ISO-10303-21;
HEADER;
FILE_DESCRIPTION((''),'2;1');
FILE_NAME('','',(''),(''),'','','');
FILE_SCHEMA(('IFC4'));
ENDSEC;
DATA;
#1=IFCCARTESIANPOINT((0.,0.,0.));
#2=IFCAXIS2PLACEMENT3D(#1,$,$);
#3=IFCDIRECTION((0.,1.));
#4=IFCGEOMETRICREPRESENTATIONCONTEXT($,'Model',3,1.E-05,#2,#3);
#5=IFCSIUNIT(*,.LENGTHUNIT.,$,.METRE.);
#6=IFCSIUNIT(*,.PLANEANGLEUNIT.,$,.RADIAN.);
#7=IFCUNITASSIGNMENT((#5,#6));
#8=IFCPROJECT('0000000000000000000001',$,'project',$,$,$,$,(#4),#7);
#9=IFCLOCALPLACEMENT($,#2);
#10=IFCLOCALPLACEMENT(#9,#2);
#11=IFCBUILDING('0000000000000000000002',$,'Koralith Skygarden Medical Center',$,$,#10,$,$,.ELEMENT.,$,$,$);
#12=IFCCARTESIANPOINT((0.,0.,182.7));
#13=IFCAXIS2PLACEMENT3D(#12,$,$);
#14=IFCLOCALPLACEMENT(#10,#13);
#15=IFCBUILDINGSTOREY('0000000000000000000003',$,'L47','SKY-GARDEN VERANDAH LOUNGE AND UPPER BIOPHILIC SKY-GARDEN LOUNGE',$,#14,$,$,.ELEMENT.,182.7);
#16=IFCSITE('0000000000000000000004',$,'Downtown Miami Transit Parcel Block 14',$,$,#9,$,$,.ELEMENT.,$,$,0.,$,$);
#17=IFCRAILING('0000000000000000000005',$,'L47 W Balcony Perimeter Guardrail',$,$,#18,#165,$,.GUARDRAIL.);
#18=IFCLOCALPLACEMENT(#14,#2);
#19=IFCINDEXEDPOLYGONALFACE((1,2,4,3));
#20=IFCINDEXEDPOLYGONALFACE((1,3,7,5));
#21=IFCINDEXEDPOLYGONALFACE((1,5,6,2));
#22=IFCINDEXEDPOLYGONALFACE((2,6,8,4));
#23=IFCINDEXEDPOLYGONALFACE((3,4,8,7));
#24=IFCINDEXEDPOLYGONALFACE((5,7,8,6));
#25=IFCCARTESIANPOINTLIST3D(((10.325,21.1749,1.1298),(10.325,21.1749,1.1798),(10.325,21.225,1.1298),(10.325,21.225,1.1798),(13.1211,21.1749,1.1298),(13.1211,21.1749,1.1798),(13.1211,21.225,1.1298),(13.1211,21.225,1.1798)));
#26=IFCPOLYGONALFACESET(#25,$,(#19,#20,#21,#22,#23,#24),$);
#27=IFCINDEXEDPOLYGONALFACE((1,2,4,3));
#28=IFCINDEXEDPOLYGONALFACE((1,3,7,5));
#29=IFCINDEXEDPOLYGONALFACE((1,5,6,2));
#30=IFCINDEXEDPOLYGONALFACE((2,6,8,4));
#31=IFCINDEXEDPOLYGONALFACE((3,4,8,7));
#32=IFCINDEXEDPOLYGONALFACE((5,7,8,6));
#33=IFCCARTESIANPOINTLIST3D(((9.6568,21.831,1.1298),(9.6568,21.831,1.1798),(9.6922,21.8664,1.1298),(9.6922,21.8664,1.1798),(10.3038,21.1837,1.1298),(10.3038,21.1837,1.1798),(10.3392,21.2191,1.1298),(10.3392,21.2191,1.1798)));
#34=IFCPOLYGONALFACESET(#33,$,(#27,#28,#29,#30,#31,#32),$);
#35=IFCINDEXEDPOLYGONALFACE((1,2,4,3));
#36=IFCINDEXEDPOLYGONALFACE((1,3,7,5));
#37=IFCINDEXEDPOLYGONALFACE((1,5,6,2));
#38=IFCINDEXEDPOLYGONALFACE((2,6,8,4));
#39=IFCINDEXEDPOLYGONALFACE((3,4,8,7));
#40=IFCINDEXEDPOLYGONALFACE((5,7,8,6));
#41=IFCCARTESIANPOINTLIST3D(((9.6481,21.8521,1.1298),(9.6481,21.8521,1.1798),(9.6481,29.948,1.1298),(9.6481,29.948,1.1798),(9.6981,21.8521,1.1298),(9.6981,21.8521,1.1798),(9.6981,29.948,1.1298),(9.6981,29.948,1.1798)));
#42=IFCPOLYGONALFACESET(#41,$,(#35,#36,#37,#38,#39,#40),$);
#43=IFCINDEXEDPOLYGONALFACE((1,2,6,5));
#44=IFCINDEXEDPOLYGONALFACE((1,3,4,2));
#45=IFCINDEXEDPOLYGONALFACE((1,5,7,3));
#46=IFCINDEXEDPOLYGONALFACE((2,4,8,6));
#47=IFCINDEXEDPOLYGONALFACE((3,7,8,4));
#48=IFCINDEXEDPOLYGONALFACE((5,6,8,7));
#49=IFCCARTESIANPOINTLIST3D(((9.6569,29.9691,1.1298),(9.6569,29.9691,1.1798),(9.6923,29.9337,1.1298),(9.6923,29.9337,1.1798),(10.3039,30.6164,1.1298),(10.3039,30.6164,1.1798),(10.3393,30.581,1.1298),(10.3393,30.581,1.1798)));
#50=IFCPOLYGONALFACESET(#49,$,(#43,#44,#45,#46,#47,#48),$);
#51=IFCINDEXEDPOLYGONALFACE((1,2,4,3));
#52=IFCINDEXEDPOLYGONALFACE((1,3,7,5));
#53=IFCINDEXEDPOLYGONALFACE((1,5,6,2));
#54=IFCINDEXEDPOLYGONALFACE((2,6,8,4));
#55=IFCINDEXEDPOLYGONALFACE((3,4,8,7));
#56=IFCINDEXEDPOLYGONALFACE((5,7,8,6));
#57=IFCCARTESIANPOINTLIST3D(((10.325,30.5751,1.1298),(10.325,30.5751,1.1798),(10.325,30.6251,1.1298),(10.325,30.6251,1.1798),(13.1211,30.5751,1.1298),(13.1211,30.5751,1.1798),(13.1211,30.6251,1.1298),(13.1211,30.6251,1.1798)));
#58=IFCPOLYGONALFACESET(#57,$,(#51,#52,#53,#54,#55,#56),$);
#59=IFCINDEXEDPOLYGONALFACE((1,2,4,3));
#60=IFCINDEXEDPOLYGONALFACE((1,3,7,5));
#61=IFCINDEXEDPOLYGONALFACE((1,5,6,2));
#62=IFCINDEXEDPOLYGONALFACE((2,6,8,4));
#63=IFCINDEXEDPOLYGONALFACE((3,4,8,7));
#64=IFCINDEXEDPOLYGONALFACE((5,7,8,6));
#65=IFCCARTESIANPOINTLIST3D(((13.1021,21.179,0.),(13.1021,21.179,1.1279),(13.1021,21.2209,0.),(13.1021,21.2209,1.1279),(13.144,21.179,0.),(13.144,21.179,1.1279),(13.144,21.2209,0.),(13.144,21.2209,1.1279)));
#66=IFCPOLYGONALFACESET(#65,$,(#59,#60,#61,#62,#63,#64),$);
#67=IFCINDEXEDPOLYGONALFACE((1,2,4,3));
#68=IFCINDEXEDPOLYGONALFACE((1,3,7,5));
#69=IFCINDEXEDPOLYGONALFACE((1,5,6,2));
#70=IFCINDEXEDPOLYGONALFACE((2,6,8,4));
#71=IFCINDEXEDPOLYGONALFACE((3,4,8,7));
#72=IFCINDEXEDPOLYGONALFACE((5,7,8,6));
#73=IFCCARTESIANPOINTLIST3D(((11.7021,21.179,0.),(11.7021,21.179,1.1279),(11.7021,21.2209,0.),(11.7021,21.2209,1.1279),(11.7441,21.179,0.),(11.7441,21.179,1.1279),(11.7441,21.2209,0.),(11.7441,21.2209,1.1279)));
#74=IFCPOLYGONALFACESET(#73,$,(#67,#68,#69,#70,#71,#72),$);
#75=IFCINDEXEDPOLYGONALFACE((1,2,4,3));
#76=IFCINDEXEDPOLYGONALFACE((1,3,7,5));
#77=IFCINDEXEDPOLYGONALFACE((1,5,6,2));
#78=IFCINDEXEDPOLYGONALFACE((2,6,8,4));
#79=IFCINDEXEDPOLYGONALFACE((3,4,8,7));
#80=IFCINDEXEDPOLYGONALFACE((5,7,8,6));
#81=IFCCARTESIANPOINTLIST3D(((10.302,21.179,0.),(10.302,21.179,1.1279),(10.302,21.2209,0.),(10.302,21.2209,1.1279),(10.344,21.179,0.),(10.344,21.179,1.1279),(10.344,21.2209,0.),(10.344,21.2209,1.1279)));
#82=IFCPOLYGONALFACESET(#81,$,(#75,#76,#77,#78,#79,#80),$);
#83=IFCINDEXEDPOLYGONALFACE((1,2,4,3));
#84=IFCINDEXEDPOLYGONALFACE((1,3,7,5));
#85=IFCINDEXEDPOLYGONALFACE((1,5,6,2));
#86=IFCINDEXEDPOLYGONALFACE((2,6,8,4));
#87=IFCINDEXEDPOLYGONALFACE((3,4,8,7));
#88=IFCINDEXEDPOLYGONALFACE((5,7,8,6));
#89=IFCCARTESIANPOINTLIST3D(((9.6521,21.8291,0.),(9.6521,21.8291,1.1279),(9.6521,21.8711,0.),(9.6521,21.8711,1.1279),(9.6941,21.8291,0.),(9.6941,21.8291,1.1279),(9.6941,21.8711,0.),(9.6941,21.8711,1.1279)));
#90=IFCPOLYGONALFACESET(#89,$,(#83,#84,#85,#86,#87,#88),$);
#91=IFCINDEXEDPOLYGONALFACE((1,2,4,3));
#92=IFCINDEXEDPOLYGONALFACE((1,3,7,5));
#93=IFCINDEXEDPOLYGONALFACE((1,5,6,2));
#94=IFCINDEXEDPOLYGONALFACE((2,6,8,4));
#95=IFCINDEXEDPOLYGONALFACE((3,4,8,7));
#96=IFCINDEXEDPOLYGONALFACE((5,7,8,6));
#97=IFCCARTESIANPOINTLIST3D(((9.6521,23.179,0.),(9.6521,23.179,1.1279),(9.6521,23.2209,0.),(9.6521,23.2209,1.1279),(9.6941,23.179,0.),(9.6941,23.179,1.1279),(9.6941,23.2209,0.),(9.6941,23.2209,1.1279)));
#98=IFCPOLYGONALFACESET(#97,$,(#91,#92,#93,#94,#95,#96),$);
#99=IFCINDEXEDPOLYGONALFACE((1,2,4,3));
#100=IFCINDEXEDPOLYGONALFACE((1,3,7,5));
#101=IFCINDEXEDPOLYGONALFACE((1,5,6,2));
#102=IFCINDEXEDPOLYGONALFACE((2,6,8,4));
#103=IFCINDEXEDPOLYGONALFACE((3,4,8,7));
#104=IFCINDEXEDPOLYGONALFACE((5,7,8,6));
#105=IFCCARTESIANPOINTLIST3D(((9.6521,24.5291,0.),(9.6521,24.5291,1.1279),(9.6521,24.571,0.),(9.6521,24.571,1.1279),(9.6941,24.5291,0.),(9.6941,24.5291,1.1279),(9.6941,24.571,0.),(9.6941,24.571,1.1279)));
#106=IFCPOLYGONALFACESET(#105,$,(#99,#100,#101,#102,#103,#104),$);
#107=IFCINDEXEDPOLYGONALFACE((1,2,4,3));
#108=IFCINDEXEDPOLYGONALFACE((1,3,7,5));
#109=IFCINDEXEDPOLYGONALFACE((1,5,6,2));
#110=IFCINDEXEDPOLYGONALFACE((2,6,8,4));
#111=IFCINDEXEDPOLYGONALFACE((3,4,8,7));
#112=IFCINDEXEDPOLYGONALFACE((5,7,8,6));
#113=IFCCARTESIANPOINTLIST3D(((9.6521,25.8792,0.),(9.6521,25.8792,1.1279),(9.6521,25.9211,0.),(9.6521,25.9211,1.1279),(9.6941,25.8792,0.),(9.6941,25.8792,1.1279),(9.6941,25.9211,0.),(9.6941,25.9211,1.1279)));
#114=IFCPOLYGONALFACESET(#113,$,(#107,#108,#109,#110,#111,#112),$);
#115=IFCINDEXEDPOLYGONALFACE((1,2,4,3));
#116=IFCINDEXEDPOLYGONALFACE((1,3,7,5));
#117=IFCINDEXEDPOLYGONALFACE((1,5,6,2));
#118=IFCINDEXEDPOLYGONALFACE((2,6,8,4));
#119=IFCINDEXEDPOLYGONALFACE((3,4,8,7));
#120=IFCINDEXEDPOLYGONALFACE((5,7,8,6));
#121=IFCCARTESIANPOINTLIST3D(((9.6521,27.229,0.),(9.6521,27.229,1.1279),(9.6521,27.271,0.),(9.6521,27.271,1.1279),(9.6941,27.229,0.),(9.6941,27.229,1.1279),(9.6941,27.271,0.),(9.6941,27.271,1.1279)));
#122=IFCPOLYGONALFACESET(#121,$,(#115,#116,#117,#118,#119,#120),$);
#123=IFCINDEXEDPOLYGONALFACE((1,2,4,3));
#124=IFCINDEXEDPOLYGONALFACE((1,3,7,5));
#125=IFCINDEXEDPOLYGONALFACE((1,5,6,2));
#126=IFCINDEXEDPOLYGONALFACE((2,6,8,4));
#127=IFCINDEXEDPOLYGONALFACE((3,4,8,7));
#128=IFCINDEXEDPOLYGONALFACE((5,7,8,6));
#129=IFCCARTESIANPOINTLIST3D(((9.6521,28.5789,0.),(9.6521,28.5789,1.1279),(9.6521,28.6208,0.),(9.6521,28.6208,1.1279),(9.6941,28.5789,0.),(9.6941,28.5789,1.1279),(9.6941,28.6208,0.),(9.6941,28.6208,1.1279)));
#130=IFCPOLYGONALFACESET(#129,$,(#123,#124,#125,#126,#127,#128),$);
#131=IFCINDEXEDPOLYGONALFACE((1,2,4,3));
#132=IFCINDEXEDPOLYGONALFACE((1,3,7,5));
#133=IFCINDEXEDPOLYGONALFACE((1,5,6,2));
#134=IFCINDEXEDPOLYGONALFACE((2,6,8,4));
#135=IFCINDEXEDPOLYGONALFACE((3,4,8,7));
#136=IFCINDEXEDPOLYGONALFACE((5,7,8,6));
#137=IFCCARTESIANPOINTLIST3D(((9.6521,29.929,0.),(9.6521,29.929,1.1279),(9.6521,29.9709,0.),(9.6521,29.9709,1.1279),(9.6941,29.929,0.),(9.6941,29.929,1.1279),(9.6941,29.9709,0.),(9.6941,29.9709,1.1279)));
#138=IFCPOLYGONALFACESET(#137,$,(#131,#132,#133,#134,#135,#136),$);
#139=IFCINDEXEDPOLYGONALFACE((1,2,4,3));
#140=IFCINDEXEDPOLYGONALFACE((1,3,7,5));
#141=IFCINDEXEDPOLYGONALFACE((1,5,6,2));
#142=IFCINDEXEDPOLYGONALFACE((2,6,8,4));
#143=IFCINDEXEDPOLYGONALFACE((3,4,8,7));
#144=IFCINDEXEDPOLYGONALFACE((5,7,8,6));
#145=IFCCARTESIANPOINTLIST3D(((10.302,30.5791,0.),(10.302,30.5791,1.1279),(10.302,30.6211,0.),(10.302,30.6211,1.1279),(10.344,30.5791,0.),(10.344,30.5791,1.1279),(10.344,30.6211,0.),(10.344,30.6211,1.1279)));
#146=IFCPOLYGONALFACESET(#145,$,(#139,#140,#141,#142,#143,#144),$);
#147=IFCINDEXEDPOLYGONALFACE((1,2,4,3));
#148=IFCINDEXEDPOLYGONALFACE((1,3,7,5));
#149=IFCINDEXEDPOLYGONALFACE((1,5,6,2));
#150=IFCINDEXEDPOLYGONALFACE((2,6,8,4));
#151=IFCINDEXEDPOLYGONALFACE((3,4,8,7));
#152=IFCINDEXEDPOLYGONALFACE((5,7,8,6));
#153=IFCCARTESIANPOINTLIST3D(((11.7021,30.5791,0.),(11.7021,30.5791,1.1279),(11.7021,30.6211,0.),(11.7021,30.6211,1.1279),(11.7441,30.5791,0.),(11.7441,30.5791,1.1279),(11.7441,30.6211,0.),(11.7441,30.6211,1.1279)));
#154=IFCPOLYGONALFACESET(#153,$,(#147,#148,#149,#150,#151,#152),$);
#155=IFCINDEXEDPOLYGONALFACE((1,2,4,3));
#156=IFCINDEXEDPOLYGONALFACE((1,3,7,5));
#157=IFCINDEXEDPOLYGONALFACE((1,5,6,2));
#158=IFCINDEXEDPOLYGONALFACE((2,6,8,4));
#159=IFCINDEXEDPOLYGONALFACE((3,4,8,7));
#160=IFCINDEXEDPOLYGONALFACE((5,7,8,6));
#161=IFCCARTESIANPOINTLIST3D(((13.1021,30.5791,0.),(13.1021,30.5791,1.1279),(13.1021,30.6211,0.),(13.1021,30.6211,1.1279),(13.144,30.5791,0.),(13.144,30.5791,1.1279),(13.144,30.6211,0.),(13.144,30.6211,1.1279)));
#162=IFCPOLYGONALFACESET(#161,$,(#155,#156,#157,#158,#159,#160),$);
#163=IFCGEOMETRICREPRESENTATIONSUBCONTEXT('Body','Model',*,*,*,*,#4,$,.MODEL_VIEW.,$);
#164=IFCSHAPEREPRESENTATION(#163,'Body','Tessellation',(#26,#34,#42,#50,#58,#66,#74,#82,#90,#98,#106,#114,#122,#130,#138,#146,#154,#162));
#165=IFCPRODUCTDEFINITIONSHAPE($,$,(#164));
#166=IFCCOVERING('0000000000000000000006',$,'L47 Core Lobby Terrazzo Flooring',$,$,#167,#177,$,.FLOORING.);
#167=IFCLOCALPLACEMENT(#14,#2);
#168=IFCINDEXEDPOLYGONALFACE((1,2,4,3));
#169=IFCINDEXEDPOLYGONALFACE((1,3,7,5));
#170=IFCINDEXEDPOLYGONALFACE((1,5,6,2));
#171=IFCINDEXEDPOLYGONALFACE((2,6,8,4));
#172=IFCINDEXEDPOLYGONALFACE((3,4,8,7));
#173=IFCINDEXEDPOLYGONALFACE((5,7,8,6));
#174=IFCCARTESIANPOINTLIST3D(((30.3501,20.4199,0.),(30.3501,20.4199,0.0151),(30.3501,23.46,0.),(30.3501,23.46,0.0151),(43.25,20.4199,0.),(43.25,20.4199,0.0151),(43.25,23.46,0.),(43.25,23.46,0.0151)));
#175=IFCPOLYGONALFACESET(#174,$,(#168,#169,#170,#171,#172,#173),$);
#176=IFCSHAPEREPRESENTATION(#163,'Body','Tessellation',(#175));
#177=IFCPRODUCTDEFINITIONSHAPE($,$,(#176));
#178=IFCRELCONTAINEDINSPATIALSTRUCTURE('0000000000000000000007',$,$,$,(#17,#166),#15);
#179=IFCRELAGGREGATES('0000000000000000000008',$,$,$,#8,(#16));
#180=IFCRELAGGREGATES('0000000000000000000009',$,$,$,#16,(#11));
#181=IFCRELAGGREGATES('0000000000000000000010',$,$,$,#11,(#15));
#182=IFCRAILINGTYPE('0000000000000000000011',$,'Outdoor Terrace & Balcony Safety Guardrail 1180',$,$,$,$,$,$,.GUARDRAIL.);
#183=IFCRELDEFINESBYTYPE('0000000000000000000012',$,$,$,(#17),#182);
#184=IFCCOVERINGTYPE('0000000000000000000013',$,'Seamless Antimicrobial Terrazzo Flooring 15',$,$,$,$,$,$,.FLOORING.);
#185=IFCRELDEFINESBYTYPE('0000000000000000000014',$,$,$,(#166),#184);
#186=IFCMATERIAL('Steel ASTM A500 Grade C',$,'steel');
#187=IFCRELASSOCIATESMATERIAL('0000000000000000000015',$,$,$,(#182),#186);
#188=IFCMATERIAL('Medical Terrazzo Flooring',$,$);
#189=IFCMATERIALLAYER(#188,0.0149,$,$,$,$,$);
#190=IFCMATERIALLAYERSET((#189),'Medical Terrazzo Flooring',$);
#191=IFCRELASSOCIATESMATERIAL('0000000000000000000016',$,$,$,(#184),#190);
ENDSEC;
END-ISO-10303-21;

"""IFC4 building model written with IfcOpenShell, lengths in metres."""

from ifc_helpers import new_model, si_unit, direction, frame, origin, origin_2d, place, context, subcontext, project, spatial, polyline, rectangle, outline, extrude, material, layer, layer_set, type_object, element, save


model = new_model("IFC4")

# Units and contexts
model_context = context("Model", 3, precision=1e-05, world=origin(), true_north=direction((0.0, 1.0)))
body_context = subcontext(model_context, "Body", "Model", "MODEL_VIEW")
ifc_project = project(units=[si_unit("LENGTHUNIT", "METRE"), si_unit("PLANEANGLEUNIT", "RADIAN")], contexts=[model_context])

# Site, building, storey
site_placement = place(None, origin())
site = spatial("IfcSite", under=ifc_project, at=site_placement, Name="Downtown Miami Transit Parcel Block 14", CompositionType="ELEMENT", RefElevation=0.0)
building_placement = place(site_placement, origin())
building = spatial("IfcBuilding", under=site, at=building_placement, Name="Koralith Skygarden Medical Center", CompositionType="ELEMENT")
storey_placement = place(building_placement, frame((0.0, 0.0, 182.7)))
storey = spatial("IfcBuildingStorey", under=building, at=storey_placement, Name="L47", Description="SKY-GARDEN VERANDAH LOUNGE AND UPPER BIOPHILIC SKY-GARDEN LOUNGE", CompositionType="ELEMENT", Elevation=182.7)

# Railing
ifc_material_1 = material(Name="Steel ASTM A500 Grade C", Category="steel")
railing_type = type_object("IfcRailingType", Name="Outdoor Terrace & Balcony Safety Guardrail 1180", PredefinedType="GUARDRAIL", material=ifc_material_1)
railing_placement = place(storey_placement, frame((13.123, 21.2, 0.0)))
element("IfcRailing", 1, at=railing_placement, inside=storey, type_object=railing_type, Name="L47 W Balcony Perimeter Guardrail", PredefinedType="GUARDRAIL", context=body_context, shape_type="SweptSolid", body=[
    extrude(rectangle(XDim=0.05, YDim=0.05, at=origin_2d()), frame((-0.002, 0.0, 1.1548), z_axis=(-1.0, 0.0, 0.0), x_axis=(0.0, -1.0, 0.0)), (0.0, 0.0, 1.0), 2.7961),
    extrude(rectangle(XDim=0.05, YDim=0.05, at=origin_2d()), frame((-2.8015, 0.0015, 1.1548), z_axis=(-0.706974, 0.70724, 0.0), x_axis=(-0.70724, -0.706974, 0.0)), (0.0, 0.0, 1.0), 0.9153),
    extrude(rectangle(XDim=0.05, YDim=0.05, at=origin_2d()), frame((-3.45, 0.6521, 1.1548), z_axis=(0.0, 1.0, 0.0), x_axis=(-1.0, 0.0, 0.0)), (0.0, 0.0, 1.0), 8.0959),
    extrude(rectangle(XDim=0.05, YDim=0.05, at=origin_2d()), frame((-3.4485, 8.7515, 1.1548), z_axis=(0.706974, 0.70724, 0.0), x_axis=(-0.70724, 0.706974, 0.0)), (0.0, 0.0, 1.0), 0.9153),
    extrude(rectangle(XDim=0.05, YDim=0.05, at=origin_2d()), frame((-2.7981, 9.4001, 1.1548), z_axis=(1.0, 0.0, 0.0), x_axis=(0.0, 1.0, 0.0)), (0.0, 0.0, 1.0), 2.7961),
    extrude(rectangle(XDim=0.042, YDim=0.042, at=origin_2d()), origin(), (0.0, 0.0, 1.0), 1.1279),
    extrude(rectangle(XDim=0.042, YDim=0.042, at=origin_2d()), frame((-1.3999, 0.0, 0.0)), (0.0, 0.0, 1.0), 1.1279),
    extrude(rectangle(XDim=0.042, YDim=0.042, at=origin_2d()), frame((-2.8, 0.0, 0.0)), (0.0, 0.0, 1.0), 1.1279),
    extrude(rectangle(XDim=0.042, YDim=0.042, at=origin_2d()), frame((-3.45, 0.6501, 0.0)), (0.0, 0.0, 1.0), 1.1279),
    extrude(rectangle(XDim=0.042, YDim=0.042, at=origin_2d()), frame((-3.45, 2.0, 0.0)), (0.0, 0.0, 1.0), 1.1279),
    extrude(rectangle(XDim=0.042, YDim=0.042, at=origin_2d()), frame((-3.45, 3.3501, 0.0)), (0.0, 0.0, 1.0), 1.1279),
    extrude(rectangle(XDim=0.042, YDim=0.042, at=origin_2d()), frame((-3.45, 4.7002, 0.0)), (0.0, 0.0, 1.0), 1.1279),
    extrude(rectangle(XDim=0.042, YDim=0.042, at=origin_2d()), frame((-3.45, 6.05, 0.0)), (0.0, 0.0, 1.0), 1.1279),
    extrude(rectangle(XDim=0.042, YDim=0.042, at=origin_2d()), frame((-3.45, 7.3999, 0.0)), (0.0, 0.0, 1.0), 1.1279),
    extrude(rectangle(XDim=0.042, YDim=0.042, at=origin_2d()), frame((-3.45, 8.75, 0.0)), (0.0, 0.0, 1.0), 1.1279),
    extrude(rectangle(XDim=0.042, YDim=0.042, at=origin_2d()), frame((-2.8, 9.4001, 0.0)), (0.0, 0.0, 1.0), 1.1279),
    extrude(rectangle(XDim=0.042, YDim=0.042, at=origin_2d()), frame((-1.3999, 9.4001, 0.0)), (0.0, 0.0, 1.0), 1.1279),
    extrude(rectangle(XDim=0.042, YDim=0.042, at=origin_2d()), frame((0.0, 9.4001, 0.0)), (0.0, 0.0, 1.0), 1.1279),
])

# Covering
ifc_material_2 = material(Name="Medical Terrazzo Flooring")
ifc_layer_1 = layer(ifc_material_2, 0.0149)
ifc_layer_set_1 = layer_set([ifc_layer_1], Name="Medical Terrazzo Flooring")
covering_type_1 = type_object("IfcCoveringType", Name="Seamless Antimicrobial Terrazzo Flooring 15", PredefinedType="FLOORING", material=ifc_layer_set_1)
covering_1_placement = place(storey_placement, origin())
element("IfcCovering", 2, at=covering_1_placement, inside=storey, type_object=covering_type_1, Name="L47 Core Lobby Terrazzo Flooring", PredefinedType="FLOORING", context=body_context, shape_type="SweptSolid", body=[
    extrude(outline(polyline([(30.3501, 20.4199), (43.25, 20.4199), (43.25, 23.46), (30.3501, 23.46), (30.3501, 20.4199)])), origin(), (0.0, 0.0, 1.0), 0.0151),
])

save(model, "model.ifc")
